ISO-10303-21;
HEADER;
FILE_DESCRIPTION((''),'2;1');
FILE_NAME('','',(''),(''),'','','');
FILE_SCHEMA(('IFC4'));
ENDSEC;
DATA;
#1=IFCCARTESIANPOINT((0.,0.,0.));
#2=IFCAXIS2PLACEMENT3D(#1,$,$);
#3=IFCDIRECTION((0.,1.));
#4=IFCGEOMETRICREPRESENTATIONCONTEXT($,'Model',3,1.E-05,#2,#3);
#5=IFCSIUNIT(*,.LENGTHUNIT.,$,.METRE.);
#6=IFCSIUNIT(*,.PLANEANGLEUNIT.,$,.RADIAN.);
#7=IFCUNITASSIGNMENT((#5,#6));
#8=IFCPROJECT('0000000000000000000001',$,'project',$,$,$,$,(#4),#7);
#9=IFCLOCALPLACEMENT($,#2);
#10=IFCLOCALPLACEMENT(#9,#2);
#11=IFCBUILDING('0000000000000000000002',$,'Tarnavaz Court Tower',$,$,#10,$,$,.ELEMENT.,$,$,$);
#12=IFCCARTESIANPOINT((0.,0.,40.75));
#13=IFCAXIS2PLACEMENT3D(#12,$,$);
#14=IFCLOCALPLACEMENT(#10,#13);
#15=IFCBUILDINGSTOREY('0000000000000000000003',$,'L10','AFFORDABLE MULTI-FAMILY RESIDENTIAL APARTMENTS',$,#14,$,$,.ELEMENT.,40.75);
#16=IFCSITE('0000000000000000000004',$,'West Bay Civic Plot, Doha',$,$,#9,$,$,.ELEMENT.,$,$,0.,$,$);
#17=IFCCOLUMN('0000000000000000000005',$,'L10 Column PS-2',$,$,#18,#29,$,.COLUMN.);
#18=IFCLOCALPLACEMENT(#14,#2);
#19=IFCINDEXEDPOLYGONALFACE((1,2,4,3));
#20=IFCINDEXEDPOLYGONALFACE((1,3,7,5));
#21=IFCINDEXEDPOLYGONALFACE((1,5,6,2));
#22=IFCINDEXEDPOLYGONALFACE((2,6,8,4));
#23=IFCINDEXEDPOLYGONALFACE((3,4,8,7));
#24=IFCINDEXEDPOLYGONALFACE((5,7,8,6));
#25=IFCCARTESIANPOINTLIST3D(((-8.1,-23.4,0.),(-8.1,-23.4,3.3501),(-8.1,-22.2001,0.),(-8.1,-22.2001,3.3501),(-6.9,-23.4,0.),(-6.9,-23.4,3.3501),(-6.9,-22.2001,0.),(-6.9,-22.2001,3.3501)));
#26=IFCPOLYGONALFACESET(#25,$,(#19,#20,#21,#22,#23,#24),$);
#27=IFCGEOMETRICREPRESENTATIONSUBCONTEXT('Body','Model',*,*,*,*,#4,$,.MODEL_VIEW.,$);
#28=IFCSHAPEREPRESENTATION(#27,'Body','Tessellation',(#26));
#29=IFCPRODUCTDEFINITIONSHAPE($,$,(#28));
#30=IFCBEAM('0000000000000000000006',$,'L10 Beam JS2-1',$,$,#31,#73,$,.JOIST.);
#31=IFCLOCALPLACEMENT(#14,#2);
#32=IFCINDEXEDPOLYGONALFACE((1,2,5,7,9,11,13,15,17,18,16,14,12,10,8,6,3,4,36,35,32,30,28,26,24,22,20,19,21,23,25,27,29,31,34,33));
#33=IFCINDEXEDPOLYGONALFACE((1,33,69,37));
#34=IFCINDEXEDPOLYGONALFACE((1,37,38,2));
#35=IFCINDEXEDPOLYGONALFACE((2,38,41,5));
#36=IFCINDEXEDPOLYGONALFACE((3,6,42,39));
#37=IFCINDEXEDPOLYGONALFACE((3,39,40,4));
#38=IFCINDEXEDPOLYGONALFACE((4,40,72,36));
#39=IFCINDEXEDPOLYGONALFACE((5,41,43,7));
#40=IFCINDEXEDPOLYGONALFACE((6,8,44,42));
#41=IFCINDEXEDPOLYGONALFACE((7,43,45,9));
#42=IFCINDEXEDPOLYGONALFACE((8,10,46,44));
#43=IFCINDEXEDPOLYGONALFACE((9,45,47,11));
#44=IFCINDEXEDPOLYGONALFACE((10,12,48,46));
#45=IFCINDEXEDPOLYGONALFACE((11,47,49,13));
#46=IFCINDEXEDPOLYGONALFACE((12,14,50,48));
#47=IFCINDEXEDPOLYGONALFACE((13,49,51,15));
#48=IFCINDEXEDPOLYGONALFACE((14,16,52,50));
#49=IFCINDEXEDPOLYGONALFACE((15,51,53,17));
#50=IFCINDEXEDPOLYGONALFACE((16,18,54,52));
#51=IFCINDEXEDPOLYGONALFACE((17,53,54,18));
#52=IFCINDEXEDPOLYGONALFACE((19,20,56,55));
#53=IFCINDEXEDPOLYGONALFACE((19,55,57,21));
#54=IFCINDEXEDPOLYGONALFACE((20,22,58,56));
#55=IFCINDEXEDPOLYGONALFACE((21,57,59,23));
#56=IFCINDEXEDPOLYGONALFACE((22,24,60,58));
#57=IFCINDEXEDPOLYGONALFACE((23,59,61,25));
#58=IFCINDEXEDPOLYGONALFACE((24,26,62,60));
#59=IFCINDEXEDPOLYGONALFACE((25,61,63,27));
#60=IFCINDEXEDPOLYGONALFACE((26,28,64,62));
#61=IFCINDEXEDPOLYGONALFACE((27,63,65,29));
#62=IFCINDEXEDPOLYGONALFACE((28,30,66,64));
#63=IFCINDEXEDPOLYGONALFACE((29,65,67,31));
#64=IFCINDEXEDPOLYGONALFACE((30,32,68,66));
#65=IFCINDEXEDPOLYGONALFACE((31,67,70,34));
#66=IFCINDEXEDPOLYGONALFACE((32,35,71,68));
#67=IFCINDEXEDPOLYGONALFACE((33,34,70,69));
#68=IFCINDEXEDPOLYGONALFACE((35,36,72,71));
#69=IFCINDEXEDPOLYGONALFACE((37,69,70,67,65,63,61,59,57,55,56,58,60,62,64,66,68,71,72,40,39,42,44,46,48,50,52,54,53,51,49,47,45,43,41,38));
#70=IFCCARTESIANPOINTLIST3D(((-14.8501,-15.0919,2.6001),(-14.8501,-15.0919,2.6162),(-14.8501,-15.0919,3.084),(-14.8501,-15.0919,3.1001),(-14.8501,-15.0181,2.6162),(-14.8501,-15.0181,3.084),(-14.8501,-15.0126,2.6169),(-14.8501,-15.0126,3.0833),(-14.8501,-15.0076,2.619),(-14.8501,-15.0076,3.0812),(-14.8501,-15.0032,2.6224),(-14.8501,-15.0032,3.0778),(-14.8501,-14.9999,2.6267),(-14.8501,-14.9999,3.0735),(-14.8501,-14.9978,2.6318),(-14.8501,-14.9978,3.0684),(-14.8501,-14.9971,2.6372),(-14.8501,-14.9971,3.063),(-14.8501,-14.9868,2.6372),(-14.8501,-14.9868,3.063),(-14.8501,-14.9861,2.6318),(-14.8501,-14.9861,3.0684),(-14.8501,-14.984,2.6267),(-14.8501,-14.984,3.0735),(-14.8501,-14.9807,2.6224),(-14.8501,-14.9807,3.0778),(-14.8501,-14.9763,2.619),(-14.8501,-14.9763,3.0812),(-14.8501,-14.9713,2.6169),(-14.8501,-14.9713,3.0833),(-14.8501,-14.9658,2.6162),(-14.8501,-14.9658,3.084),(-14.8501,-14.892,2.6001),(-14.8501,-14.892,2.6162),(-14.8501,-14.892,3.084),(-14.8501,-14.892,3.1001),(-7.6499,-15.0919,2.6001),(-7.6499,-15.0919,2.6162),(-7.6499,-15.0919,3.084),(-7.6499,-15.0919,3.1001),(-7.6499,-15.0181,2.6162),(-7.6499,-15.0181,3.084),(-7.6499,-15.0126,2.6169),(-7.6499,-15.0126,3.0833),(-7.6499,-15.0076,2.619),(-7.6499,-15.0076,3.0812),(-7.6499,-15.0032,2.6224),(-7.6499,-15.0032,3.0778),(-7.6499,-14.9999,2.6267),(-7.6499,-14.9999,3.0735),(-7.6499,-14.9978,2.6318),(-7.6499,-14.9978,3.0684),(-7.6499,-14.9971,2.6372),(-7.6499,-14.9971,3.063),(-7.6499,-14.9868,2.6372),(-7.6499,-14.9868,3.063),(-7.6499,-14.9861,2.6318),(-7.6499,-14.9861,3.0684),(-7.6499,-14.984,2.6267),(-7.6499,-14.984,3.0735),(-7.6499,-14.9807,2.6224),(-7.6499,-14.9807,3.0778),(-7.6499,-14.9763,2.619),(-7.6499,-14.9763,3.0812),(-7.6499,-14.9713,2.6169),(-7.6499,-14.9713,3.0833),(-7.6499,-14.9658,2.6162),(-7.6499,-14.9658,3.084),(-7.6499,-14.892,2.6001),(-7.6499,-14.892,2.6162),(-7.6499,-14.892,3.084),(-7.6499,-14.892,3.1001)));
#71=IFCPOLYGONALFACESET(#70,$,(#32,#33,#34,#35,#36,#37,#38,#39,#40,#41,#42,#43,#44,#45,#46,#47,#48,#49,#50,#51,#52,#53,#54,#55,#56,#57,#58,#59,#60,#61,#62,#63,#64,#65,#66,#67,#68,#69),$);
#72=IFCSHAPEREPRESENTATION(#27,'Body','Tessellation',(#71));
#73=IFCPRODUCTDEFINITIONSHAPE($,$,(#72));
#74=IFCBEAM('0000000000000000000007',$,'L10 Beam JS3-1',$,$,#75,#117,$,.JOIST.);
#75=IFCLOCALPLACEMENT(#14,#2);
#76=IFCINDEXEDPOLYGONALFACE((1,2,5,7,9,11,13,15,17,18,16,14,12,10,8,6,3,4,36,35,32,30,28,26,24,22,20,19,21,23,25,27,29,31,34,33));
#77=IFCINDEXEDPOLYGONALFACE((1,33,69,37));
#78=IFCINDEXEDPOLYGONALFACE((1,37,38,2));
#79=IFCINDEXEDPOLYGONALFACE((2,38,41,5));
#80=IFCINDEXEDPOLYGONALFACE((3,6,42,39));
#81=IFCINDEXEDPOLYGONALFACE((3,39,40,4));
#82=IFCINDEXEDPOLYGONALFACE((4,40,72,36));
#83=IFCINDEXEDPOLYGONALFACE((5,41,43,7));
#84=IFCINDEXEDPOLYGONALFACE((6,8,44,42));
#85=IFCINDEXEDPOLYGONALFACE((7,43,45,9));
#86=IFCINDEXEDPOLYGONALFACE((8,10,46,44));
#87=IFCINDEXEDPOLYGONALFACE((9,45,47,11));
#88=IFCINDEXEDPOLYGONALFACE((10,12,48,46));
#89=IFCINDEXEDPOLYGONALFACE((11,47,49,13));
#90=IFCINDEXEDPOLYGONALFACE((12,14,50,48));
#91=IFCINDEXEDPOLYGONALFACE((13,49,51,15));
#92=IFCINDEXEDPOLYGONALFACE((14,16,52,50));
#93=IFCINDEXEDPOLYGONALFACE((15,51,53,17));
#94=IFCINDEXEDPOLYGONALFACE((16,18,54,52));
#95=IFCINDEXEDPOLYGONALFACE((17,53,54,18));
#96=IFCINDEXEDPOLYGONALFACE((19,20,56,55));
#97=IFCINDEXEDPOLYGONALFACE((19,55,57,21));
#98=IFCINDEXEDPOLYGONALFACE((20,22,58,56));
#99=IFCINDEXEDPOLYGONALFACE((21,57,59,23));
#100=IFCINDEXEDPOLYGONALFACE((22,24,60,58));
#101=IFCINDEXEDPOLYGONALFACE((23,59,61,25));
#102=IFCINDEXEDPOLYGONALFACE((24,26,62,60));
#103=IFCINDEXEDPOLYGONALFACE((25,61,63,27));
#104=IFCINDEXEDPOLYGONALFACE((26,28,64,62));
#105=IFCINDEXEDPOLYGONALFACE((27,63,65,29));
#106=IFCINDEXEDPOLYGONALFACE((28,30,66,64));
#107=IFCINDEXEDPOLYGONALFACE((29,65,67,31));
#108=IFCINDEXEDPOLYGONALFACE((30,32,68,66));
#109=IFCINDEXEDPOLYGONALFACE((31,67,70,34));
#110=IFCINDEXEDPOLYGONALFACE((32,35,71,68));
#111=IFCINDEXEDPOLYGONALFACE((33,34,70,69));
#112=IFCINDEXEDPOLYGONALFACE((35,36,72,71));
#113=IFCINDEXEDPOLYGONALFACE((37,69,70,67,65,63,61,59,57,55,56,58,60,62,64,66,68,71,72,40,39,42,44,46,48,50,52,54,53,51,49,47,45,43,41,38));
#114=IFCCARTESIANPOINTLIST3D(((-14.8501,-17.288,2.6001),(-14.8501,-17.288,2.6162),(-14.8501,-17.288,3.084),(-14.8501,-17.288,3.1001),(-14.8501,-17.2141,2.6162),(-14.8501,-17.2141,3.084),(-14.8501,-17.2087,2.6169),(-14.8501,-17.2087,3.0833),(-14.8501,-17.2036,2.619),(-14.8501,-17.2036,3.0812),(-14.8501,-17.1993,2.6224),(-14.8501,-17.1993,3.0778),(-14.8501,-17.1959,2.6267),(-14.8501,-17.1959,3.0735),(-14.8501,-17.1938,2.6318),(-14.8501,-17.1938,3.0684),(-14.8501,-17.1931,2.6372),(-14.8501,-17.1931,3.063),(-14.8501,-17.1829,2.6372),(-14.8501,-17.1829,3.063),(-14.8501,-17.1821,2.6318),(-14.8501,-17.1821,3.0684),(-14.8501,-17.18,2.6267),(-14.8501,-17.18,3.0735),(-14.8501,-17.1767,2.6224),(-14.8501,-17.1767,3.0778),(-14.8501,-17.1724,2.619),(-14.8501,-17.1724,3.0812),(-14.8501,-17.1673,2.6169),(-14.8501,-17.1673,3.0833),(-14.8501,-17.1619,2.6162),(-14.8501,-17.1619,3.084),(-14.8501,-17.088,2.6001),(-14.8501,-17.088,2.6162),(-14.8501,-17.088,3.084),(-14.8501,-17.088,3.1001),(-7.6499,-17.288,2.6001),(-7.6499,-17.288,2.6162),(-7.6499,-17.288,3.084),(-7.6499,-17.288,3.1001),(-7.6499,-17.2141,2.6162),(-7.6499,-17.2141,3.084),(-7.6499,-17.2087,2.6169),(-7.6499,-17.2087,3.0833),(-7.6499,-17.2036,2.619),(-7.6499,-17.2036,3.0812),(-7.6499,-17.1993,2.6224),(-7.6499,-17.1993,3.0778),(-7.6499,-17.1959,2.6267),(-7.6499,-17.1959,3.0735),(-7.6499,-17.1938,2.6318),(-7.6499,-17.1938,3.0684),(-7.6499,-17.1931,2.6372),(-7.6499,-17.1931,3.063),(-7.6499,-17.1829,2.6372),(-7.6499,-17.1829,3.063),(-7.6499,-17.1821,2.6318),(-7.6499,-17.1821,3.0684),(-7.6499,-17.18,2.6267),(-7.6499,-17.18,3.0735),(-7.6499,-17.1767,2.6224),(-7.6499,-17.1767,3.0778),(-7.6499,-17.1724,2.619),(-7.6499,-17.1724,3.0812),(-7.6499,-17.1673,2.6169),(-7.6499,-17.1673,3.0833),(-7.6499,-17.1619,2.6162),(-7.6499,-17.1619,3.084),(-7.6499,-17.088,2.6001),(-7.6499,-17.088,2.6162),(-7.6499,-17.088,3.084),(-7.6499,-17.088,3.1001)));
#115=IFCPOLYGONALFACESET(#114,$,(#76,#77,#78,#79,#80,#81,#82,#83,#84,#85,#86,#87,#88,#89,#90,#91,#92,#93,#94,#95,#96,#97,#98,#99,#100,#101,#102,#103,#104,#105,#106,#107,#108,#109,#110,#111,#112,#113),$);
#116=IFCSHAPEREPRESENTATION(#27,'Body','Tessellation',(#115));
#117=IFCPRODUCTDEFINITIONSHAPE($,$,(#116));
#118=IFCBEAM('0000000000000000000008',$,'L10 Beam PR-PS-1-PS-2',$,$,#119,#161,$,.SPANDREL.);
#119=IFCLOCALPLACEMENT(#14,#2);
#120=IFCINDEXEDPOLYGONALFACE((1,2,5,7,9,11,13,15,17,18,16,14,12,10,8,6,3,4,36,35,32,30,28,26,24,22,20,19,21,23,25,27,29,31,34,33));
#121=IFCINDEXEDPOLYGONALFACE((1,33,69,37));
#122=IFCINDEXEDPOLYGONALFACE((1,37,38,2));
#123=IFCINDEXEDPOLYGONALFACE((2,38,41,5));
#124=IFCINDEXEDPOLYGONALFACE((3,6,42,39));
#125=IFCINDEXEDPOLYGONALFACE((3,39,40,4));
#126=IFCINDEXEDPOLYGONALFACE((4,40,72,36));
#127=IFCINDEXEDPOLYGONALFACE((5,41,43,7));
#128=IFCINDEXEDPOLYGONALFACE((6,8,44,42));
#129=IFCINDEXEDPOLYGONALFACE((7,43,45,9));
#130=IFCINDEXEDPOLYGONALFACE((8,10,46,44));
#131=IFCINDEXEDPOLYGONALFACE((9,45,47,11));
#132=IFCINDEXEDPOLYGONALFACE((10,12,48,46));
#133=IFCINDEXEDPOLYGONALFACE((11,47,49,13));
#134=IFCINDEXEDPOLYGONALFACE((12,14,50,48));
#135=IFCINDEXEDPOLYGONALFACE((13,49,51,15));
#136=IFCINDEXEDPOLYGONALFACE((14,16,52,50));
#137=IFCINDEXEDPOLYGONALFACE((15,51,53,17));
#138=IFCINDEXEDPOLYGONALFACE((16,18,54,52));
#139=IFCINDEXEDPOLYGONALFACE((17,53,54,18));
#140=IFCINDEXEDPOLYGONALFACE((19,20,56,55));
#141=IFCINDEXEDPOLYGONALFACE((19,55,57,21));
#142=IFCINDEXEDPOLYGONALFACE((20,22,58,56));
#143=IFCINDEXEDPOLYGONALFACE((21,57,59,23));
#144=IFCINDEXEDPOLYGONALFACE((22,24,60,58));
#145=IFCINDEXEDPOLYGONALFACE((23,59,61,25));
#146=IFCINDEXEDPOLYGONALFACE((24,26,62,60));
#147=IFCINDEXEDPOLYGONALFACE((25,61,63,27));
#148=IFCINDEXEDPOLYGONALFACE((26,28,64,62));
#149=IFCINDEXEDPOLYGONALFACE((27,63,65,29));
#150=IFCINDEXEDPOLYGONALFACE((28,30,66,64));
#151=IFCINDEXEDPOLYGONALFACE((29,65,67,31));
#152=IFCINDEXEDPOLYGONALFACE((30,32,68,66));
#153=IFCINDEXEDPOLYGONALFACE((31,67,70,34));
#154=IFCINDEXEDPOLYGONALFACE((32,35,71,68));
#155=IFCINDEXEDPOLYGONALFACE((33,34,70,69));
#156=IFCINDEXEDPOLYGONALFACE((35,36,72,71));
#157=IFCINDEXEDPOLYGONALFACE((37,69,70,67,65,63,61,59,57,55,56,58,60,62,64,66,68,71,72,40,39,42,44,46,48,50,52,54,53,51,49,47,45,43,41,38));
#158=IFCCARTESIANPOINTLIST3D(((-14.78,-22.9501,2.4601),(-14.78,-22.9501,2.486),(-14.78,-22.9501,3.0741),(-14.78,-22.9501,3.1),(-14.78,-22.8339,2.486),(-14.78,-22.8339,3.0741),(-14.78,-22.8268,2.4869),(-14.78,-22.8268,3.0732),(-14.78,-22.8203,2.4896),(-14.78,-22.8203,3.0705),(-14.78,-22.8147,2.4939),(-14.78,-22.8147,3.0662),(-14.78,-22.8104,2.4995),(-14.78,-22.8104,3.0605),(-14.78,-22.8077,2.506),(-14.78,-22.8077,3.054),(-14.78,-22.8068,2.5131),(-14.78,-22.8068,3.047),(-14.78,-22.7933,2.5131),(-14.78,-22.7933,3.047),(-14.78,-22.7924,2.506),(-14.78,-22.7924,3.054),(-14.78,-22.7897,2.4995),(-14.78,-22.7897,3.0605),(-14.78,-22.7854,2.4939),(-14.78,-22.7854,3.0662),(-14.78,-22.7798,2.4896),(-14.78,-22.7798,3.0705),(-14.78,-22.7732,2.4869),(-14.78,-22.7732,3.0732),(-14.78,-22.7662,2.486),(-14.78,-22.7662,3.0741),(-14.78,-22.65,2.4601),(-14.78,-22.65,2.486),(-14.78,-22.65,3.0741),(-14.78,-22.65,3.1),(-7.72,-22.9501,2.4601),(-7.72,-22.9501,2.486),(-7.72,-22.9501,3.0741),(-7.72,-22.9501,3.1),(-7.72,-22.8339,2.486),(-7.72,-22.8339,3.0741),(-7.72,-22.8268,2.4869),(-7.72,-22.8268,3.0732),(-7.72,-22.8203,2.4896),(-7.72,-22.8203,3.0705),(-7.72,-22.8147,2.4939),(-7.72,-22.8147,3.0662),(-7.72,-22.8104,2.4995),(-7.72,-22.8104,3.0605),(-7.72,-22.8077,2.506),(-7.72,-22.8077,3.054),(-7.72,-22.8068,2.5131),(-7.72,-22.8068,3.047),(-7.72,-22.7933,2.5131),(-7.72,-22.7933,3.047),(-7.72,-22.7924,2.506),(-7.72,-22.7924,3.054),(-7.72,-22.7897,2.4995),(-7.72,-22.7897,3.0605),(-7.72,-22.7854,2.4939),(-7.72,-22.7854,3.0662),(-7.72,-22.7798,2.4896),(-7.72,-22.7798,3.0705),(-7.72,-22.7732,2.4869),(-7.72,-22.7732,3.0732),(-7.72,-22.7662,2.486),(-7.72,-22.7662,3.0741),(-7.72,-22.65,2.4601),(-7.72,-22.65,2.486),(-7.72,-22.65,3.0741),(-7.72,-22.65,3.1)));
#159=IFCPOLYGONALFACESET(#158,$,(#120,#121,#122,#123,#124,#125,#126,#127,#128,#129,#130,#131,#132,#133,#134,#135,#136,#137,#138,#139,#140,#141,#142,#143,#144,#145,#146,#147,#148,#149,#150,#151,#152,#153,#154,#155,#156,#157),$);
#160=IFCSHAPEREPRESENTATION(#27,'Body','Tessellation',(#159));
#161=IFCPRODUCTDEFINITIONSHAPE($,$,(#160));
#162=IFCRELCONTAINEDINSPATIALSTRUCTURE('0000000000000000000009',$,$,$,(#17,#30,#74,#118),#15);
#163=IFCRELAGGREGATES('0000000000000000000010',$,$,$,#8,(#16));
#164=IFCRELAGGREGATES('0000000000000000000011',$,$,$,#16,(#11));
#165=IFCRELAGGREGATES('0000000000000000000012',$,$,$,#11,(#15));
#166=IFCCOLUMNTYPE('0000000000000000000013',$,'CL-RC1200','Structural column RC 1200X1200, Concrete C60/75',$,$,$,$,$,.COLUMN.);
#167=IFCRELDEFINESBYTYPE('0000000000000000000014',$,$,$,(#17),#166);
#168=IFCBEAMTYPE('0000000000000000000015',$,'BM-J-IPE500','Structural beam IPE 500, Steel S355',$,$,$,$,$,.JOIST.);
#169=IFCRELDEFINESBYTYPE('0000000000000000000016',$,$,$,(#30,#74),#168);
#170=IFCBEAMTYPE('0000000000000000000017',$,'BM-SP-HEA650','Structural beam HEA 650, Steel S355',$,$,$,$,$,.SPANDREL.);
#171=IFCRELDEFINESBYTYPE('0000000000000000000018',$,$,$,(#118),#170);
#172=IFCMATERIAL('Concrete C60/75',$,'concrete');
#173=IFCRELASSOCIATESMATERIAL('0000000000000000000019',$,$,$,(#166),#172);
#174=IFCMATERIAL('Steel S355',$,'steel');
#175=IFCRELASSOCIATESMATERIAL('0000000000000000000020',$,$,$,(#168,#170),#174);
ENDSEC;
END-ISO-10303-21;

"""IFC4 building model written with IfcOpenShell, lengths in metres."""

from ifc_helpers import new_model, si_unit, direction, frame, origin, origin_2d, place, context, subcontext, project, spatial, rectangle, i_section, extrude, material, material_profile, profile_set, type_object, element, save


model = new_model("IFC4")

# Units and contexts
model_context = context("Model", 3, precision=1e-05, world=origin(), true_north=direction((0.0, 1.0)))
body_context = subcontext(model_context, "Body", "Model", "MODEL_VIEW")
ifc_project = project(units=[si_unit("LENGTHUNIT", "METRE"), si_unit("PLANEANGLEUNIT", "RADIAN")], contexts=[model_context])

# Site, building, storey
site_placement = place(None, origin())
site = spatial("IfcSite", under=ifc_project, at=site_placement, Name="West Bay Civic Plot, Doha", CompositionType="ELEMENT", RefElevation=0.0)
building_placement = place(site_placement, origin())
building = spatial("IfcBuilding", under=site, at=building_placement, Name="Tarnavaz Court Tower", CompositionType="ELEMENT")
storey_placement = place(building_placement, frame((0.0, 0.0, 40.75)))
storey = spatial("IfcBuildingStorey", under=building, at=storey_placement, Name="L10", Description="AFFORDABLE MULTI-FAMILY RESIDENTIAL APARTMENTS", CompositionType="ELEMENT", Elevation=40.75)

# Column
ifc_material_1 = material(Name="Concrete C60/75", Category="concrete")
ifc_material_profile_1 = material_profile(ifc_material_1, rectangle(XDim=1.2, YDim=1.2, at=origin_2d()), Name="RC 1200X1200")
ifc_profile_set_1 = profile_set([ifc_material_profile_1], Name="Concrete C60/75")
column_type = type_object("IfcColumnType", Name="CL-RC1200", Description="Structural column RC 1200X1200, Concrete C60/75", PredefinedType="COLUMN", material=ifc_profile_set_1)
column_placement = place(storey_placement, frame((-7.5, -22.8, 0.0), z_axis=(0.0, 0.0, 1.0), x_axis=(1.0, 0.0, 0.0)))
element("IfcColumn", 1, at=column_placement, inside=storey, type_object=column_type, Name="L10 Column PS-2", PredefinedType="COLUMN", context=body_context, shape_type="SweptSolid", body=[
    extrude(rectangle(XDim=1.2, YDim=1.2, at=origin_2d()), origin(), (0.0, 0.0, 1.0), 3.3501),
])

# Beams
ifc_material_2 = material(Name="Steel S355", Category="steel")
ifc_material_profile_2 = material_profile(ifc_material_2, i_section(OverallWidth=0.2, OverallDepth=0.5, WebThickness=0.0103, FlangeThickness=0.0161, FilletRadius=0.021, at=origin_2d()), Name="IPE 500")
ifc_profile_set_2 = profile_set([ifc_material_profile_2], Name="Steel S355")
beam_type_1 = type_object("IfcBeamType", Name="BM-J-IPE500", Description="Structural beam IPE 500, Steel S355", PredefinedType="JOIST", material=ifc_profile_set_2)
for number, where, z_axis, x_axis, name in (
    (2, (-14.8501, -14.9919, 2.8501), (1.0, 0.0, 0.0), (0.0, 1.0, 0.0), "L10 Beam JS2-1"),
    (3, (-14.8501, -17.188, 2.8501), (1.0, 0.0, 0.0), (0.0, 1.0, 0.0), "L10 Beam JS3-1"),
):
    element("IfcBeam", number, at=place(storey_placement, frame(where, z_axis=z_axis, x_axis=x_axis)), inside=storey, type_object=beam_type_1, Name=name, PredefinedType="JOIST", context=body_context, shape_type="SweptSolid", body=[
        extrude(i_section(OverallWidth=0.2, OverallDepth=0.5, WebThickness=0.0103, FlangeThickness=0.0161, FilletRadius=0.021, at=origin_2d()), origin(), (0.0, 0.0, 1.0), 7.2002),
    ])
ifc_material_profile_3 = material_profile(ifc_material_2, i_section(OverallWidth=0.3, OverallDepth=0.6399, WebThickness=0.0134, FlangeThickness=0.0259, FilletRadius=0.0271, at=origin_2d()), Name="HEA 650")
ifc_profile_set_3 = profile_set([ifc_material_profile_3], Name="Steel S355")
beam_type_2 = type_object("IfcBeamType", Name="BM-SP-HEA650", Description="Structural beam HEA 650, Steel S355", PredefinedType="SPANDREL", material=ifc_profile_set_3)
beam_placement = place(storey_placement, frame((-14.78, -22.8, 2.78), z_axis=(1.0, 0.0, 0.0), x_axis=(0.0, 1.0, 0.0)))
element("IfcBeam", 4, at=beam_placement, inside=storey, type_object=beam_type_2, Name="L10 Beam PR-PS-1-PS-2", PredefinedType="SPANDREL", context=body_context, shape_type="SweptSolid", body=[
    extrude(i_section(OverallWidth=0.3, OverallDepth=0.6399, WebThickness=0.0134, FlangeThickness=0.0259, FilletRadius=0.0271, at=origin_2d()), origin(), (0.0, 0.0, 1.0), 7.0601),
])

save(model, "model.ifc")
